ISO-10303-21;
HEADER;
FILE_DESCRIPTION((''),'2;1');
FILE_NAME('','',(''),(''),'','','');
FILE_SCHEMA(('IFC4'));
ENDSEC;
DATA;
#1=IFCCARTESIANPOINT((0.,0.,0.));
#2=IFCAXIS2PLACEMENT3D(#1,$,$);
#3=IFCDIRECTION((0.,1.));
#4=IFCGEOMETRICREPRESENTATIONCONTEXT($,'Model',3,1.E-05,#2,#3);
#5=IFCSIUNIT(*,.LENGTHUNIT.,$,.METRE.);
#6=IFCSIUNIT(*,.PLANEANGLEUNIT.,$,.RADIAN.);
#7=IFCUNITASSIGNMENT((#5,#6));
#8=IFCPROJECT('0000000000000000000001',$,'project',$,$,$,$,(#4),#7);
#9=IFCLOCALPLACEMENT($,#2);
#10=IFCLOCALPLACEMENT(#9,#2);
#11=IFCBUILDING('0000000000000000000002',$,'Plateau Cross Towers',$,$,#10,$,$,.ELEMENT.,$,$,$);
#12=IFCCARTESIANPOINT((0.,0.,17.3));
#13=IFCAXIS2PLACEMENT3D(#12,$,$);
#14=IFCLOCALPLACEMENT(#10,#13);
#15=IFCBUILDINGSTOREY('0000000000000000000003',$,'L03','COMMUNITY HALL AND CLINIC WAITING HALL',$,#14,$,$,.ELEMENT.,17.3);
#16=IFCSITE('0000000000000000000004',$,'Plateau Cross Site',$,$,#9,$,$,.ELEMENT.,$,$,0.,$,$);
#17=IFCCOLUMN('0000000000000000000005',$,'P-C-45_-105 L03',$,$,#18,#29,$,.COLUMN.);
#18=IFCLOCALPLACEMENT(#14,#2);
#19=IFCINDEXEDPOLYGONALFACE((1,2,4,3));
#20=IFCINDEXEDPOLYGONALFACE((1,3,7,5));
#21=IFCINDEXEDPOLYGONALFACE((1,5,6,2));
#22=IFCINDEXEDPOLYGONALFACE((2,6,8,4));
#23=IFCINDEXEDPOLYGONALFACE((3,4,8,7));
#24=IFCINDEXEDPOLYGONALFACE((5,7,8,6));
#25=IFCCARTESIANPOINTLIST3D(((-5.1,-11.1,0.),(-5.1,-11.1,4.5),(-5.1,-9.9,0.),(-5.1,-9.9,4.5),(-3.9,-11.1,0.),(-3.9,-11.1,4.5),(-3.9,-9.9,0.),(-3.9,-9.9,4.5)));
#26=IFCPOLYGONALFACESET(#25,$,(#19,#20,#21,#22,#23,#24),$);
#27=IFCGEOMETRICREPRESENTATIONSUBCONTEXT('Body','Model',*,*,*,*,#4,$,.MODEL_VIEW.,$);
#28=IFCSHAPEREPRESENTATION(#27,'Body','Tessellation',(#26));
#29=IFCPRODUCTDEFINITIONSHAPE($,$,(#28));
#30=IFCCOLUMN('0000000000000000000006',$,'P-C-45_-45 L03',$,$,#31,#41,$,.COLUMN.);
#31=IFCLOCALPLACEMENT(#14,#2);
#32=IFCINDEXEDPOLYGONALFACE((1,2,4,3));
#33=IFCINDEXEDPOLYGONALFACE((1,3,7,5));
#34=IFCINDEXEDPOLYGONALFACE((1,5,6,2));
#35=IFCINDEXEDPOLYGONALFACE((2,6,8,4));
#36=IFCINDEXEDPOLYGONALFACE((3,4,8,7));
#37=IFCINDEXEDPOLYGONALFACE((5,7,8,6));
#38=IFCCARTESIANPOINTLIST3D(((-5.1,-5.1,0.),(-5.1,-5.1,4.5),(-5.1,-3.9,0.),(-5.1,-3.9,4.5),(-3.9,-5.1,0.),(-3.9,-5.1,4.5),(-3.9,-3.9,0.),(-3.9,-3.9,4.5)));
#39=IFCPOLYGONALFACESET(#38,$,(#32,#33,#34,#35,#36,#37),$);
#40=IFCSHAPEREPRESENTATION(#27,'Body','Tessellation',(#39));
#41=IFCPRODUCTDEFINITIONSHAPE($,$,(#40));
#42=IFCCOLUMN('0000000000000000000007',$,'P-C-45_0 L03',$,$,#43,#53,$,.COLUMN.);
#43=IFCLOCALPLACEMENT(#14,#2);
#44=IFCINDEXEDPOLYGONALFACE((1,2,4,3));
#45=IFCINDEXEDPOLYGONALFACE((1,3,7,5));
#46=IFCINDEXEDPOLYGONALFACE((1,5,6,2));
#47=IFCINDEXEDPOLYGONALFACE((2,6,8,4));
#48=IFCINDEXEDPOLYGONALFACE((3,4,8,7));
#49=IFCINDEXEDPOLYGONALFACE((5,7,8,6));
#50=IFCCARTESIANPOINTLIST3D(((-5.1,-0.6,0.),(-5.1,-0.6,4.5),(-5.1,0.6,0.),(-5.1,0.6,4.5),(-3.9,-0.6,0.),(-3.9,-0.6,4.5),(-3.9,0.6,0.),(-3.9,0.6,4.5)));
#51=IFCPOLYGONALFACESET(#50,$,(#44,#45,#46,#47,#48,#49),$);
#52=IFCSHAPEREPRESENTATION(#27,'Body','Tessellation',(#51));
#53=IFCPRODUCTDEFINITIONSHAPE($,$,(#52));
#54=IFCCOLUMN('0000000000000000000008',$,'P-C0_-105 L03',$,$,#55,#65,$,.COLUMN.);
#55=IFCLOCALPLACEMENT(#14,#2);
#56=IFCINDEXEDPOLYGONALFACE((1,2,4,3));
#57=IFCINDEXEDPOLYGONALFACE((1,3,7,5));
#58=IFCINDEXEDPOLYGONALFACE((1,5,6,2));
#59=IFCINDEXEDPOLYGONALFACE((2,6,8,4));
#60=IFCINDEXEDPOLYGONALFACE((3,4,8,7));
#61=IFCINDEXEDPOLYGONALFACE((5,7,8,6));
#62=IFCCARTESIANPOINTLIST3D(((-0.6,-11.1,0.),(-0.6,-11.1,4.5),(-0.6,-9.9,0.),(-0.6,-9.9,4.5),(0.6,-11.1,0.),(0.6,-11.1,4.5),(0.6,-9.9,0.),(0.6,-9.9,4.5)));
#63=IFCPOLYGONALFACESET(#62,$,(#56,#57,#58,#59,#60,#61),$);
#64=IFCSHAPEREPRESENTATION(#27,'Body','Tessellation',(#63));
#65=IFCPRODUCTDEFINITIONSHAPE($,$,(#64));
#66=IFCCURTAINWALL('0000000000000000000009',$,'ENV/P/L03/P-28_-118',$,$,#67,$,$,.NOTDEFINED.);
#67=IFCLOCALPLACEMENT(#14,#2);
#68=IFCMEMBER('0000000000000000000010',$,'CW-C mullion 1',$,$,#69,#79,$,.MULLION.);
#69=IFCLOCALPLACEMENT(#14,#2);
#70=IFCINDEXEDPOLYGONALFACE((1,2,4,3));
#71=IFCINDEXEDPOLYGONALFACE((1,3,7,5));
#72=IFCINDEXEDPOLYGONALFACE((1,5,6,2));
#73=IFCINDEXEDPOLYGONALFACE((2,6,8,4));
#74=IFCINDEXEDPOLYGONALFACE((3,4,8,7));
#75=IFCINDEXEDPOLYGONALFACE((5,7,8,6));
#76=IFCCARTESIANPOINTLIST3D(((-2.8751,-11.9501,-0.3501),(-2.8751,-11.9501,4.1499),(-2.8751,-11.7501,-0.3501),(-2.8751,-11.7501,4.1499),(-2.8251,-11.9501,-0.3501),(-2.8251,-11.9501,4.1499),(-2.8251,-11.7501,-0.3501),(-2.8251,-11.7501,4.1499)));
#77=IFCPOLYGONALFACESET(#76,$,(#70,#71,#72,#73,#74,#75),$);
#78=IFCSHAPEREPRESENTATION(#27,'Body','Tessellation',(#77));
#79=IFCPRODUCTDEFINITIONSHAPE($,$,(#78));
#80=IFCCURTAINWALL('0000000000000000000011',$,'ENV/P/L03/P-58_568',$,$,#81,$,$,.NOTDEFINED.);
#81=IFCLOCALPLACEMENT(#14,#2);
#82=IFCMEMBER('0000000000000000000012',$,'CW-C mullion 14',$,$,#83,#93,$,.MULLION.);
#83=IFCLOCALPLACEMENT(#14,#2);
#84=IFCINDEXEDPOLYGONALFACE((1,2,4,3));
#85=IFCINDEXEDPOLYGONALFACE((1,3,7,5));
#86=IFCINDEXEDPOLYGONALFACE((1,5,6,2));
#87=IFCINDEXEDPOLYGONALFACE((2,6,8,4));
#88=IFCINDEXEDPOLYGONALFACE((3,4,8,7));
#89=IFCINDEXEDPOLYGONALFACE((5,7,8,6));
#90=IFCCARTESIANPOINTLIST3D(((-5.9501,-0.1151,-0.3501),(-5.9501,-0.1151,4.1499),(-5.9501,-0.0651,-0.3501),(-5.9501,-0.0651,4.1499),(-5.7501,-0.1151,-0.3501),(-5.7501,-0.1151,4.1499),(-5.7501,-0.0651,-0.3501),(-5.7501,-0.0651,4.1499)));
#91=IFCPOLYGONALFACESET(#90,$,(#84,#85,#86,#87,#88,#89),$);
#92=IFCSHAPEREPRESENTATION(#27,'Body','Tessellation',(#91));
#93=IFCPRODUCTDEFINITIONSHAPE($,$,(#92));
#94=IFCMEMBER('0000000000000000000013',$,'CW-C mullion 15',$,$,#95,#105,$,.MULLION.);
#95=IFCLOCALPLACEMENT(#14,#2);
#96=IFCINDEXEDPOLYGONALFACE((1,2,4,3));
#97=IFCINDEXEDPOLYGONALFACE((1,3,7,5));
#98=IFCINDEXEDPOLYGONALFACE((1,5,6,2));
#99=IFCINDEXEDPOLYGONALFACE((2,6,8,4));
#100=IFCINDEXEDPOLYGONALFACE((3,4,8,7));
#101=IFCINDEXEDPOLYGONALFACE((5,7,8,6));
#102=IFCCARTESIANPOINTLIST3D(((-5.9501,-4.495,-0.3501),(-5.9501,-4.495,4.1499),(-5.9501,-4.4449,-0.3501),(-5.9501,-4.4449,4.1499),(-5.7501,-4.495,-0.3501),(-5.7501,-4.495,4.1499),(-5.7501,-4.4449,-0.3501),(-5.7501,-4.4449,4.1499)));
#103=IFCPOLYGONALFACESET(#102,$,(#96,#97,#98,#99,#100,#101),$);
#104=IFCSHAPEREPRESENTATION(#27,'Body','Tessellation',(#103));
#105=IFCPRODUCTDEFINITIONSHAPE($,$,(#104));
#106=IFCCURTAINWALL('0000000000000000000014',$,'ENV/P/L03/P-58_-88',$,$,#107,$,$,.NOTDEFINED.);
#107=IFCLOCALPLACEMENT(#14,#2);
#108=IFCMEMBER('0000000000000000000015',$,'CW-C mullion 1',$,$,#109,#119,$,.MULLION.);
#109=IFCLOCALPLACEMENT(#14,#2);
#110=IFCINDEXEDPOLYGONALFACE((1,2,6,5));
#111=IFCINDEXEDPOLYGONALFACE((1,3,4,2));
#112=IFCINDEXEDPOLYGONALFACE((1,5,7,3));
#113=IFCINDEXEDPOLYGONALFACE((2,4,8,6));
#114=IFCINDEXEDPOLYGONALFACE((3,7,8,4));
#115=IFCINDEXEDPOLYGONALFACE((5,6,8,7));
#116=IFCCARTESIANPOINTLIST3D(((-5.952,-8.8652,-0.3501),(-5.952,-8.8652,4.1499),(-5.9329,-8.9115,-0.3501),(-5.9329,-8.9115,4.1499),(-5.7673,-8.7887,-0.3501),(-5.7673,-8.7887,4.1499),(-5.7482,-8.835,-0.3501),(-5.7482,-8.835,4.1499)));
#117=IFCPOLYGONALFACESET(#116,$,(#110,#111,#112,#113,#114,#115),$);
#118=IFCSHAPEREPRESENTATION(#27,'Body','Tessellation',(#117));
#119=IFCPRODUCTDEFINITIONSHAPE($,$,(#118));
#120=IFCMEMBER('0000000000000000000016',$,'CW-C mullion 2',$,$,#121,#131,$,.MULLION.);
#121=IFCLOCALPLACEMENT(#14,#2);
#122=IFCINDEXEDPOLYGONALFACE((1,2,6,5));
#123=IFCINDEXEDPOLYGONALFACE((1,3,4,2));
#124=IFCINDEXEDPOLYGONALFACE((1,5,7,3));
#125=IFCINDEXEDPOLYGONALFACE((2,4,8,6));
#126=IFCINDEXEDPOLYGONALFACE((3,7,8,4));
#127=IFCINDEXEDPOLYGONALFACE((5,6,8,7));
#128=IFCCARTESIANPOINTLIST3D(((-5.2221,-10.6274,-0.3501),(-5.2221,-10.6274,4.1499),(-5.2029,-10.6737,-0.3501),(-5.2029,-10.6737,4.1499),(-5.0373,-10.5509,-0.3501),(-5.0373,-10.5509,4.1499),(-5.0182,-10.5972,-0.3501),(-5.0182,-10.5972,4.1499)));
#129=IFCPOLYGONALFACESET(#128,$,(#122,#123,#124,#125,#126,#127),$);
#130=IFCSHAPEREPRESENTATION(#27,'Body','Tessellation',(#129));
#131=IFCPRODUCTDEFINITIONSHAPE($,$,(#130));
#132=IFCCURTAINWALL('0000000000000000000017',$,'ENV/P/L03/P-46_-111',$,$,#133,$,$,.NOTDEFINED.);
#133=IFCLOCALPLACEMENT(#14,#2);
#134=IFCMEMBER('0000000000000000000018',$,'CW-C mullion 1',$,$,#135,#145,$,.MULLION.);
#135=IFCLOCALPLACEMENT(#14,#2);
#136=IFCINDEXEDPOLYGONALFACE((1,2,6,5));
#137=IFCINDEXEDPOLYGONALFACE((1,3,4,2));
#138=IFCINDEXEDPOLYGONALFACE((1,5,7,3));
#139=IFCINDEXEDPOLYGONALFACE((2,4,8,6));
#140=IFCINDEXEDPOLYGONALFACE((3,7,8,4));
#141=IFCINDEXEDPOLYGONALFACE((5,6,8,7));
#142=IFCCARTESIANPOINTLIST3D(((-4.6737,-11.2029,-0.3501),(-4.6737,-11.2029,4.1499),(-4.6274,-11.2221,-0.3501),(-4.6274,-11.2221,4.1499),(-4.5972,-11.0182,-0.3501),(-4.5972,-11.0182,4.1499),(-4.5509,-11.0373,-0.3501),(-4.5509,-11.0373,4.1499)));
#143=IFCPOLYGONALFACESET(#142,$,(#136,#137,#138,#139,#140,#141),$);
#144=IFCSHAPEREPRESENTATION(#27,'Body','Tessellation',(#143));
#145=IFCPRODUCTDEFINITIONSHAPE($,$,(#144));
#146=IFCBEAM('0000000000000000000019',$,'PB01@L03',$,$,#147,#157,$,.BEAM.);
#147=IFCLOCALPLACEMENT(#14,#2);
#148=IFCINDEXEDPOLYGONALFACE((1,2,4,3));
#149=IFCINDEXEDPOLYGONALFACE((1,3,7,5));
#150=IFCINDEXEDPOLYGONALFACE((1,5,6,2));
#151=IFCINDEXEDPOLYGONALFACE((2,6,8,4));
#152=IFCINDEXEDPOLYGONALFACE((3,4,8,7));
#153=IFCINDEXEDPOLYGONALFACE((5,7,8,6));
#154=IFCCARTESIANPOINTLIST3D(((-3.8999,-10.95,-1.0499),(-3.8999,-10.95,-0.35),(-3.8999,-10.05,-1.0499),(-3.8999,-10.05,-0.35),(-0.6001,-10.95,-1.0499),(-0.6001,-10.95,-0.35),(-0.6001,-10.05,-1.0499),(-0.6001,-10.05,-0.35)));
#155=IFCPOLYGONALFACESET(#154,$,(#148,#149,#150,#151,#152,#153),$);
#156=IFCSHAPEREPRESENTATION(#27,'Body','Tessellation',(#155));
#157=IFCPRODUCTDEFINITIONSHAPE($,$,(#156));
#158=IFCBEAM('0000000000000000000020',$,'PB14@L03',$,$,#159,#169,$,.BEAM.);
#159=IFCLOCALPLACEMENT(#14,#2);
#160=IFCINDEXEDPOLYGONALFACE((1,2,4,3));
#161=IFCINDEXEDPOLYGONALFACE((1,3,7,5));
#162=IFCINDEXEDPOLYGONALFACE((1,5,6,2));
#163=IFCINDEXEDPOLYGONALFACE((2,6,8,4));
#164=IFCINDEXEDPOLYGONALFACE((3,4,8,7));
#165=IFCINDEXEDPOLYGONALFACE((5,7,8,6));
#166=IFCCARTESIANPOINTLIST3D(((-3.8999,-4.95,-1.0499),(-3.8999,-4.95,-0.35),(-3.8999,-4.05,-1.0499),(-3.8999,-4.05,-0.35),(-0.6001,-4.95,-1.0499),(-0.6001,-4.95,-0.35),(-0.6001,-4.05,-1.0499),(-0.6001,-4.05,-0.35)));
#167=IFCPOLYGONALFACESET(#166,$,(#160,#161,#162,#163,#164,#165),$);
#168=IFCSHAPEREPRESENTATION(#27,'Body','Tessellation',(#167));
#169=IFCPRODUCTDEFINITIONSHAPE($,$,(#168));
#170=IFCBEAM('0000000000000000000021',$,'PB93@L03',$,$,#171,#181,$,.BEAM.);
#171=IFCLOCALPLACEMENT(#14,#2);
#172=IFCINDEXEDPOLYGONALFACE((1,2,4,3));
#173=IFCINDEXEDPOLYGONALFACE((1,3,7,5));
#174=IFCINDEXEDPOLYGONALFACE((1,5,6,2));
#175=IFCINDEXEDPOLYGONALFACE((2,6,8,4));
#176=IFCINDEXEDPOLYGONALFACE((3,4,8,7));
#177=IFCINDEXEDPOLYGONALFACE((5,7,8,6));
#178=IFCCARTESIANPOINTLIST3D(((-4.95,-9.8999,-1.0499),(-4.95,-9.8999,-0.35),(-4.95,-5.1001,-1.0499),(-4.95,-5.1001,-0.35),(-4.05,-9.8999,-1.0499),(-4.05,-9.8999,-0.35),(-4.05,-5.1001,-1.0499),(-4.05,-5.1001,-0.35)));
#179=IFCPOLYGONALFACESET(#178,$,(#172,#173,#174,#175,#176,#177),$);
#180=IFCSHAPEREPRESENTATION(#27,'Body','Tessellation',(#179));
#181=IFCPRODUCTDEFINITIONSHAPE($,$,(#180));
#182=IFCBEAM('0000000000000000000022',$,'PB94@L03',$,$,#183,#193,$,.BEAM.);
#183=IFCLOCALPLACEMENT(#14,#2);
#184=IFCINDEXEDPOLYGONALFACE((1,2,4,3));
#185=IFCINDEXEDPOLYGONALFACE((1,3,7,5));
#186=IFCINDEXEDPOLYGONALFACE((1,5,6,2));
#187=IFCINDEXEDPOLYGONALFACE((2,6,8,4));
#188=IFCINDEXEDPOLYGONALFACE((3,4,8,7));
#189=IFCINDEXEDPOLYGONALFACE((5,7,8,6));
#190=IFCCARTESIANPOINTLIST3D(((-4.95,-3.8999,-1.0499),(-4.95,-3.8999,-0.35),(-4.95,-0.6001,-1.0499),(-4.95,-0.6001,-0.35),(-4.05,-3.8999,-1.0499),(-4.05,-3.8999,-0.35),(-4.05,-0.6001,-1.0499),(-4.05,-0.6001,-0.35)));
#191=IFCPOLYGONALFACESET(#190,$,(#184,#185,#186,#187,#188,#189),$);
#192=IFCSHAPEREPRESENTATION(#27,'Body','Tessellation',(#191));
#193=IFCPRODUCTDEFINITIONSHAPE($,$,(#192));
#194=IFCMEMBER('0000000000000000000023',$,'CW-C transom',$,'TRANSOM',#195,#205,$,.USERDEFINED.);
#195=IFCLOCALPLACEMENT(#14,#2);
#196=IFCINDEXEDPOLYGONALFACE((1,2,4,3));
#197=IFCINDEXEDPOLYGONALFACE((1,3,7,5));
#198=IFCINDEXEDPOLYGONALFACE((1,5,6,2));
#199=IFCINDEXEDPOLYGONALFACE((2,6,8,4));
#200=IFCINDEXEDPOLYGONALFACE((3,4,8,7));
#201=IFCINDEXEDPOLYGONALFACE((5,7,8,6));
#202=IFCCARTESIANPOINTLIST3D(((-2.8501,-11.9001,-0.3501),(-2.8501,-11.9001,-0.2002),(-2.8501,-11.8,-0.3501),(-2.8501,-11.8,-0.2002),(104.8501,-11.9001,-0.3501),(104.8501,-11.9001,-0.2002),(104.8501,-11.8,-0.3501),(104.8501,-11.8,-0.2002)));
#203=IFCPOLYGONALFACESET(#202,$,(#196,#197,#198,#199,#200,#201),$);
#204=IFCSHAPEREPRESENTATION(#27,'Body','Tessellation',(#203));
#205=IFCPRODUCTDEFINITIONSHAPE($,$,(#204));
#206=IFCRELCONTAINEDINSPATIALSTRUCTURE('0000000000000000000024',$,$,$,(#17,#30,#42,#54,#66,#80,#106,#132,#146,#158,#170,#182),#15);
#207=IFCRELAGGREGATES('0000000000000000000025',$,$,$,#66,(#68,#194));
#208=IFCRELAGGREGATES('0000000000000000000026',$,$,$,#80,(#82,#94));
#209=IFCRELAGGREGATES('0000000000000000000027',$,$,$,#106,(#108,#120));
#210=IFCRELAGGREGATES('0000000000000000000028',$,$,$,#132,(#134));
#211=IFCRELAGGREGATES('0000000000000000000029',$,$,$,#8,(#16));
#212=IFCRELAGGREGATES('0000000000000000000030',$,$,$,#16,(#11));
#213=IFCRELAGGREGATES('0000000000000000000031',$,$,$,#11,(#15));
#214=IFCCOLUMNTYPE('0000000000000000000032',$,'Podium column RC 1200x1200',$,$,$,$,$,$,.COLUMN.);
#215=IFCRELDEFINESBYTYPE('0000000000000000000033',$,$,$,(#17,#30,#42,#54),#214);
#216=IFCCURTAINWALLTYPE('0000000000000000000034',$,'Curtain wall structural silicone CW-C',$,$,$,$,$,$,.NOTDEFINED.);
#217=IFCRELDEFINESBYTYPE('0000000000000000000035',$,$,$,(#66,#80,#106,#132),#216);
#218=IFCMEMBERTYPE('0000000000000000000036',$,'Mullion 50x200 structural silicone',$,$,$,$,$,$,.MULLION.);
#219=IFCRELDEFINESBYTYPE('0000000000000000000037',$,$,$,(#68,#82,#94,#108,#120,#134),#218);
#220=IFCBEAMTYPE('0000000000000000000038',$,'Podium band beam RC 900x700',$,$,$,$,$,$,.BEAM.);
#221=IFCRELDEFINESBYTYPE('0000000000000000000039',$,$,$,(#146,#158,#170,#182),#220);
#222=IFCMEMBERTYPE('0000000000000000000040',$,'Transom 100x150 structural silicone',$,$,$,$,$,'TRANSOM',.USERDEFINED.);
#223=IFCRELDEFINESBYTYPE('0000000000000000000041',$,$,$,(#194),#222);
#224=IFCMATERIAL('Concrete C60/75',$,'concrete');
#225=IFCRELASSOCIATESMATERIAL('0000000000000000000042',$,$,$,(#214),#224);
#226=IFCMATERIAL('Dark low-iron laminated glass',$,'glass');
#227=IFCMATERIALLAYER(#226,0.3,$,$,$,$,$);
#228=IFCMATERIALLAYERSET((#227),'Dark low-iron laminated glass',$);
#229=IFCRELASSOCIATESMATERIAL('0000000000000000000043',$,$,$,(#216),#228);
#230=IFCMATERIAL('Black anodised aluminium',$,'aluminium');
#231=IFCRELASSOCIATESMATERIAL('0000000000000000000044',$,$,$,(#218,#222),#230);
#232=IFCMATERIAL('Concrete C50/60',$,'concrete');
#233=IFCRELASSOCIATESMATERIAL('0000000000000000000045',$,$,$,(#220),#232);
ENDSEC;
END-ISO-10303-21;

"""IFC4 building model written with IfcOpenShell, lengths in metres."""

from ifc_helpers import new_model, si_unit, direction, frame, origin, origin_2d, place, context, subcontext, project, spatial, rectangle, extrude, material, layer, layer_set, material_profile, profile_set, type_object, element, aggregate, save


model = new_model("IFC4")

# Units and contexts
model_context = context("Model", 3, precision=1e-05, world=origin(), true_north=direction((0.0, 1.0)))
body_context = subcontext(model_context, "Body", "Model", "MODEL_VIEW")
ifc_project = project(units=[si_unit("LENGTHUNIT", "METRE"), si_unit("PLANEANGLEUNIT", "RADIAN")], contexts=[model_context])

# Site, building, storey
site_placement = place(None, origin())
site = spatial("IfcSite", under=ifc_project, at=site_placement, Name="Plateau Cross Site", CompositionType="ELEMENT", RefElevation=0.0)
building_placement = place(site_placement, origin())
building = spatial("IfcBuilding", under=site, at=building_placement, Name="Plateau Cross Towers", CompositionType="ELEMENT")
storey_placement = place(building_placement, frame((0.0, 0.0, 17.3)))
storey = spatial("IfcBuildingStorey", under=building, at=storey_placement, Name="L03", Description="COMMUNITY HALL AND CLINIC WAITING HALL", CompositionType="ELEMENT", Elevation=17.3)

# Columns
ifc_material_1 = material(Name="Concrete C60/75", Category="concrete")
ifc_material_profile_1 = material_profile(ifc_material_1, rectangle(XDim=1.2, YDim=1.2, at=origin_2d()), Name="RC 1200x1200")
ifc_profile_set_1 = profile_set([ifc_material_profile_1], Name="Concrete C60/75")
column_type = type_object("IfcColumnType", Name="Podium column RC 1200x1200", PredefinedType="COLUMN", material=ifc_profile_set_1)
for number, where, z_axis, x_axis, name in (
    (1, (-4.5, -10.5, 0.0), (0.0, 0.0, 1.0), (1.0, 0.0, 0.0), "P-C-45_-105 L03"),
    (2, (-4.5, -4.5, 0.0), (0.0, 0.0, 1.0), (1.0, 0.0, 0.0), "P-C-45_-45 L03"),
    (3, (-4.5, 0.0, 0.0), (0.0, 0.0, 1.0), (1.0, 0.0, 0.0), "P-C-45_0 L03"),
    (4, (0.0, -10.5, 0.0), (0.0, 0.0, 1.0), (1.0, 0.0, 0.0), "P-C0_-105 L03"),
):
    element("IfcColumn", number, at=place(storey_placement, frame(where, z_axis=z_axis, x_axis=x_axis)), inside=storey, type_object=column_type, Name=name, PredefinedType="COLUMN", context=body_context, shape_type="SweptSolid", body=[
        extrude(rectangle(XDim=1.2, YDim=1.2, at=origin_2d()), origin(), (0.0, 0.0, 1.0), 4.5),
    ])

# Curtain wall, member
ifc_material_2 = material(Name="Dark low-iron laminated glass", Category="glass")
ifc_layer_1 = layer(ifc_material_2, 0.3)
ifc_layer_set_1 = layer_set([ifc_layer_1], Name="Dark low-iron laminated glass")
curtain_wall_type = type_object("IfcCurtainWallType", Name="Curtain wall structural silicone CW-C", PredefinedType="NOTDEFINED", material=ifc_layer_set_1)
curtain_wall_1_placement = place(storey_placement, origin())
curtain_wall_1 = element("IfcCurtainWall", 5, at=curtain_wall_1_placement, inside=storey, type_object=curtain_wall_type, Name="ENV/P/L03/P-28_-118", PredefinedType="NOTDEFINED")
ifc_material_3 = material(Name="Black anodised aluminium", Category="aluminium")
ifc_material_profile_2 = material_profile(ifc_material_3, rectangle(XDim=0.05, YDim=0.2, at=origin_2d()), Name="MULLION 50x200")
ifc_profile_set_2 = profile_set([ifc_material_profile_2], Name="Black anodised aluminium")
member_type_1 = type_object("IfcMemberType", Name="Mullion 50x200 structural silicone", PredefinedType="MULLION", material=ifc_profile_set_2)
member_1_placement = place(storey_placement, frame((-2.8501, -11.8501, -0.3501), z_axis=(0.0, 0.0, 1.0), x_axis=(1.0, 0.0, 0.0)))
member_1 = element("IfcMember", 6, at=member_1_placement, type_object=member_type_1, Name="CW-C mullion 1", PredefinedType="MULLION", context=body_context, shape_type="SweptSolid", body=[
    extrude(rectangle(XDim=0.05, YDim=0.2, at=origin_2d()), origin(), (0.0, 0.0, 1.0), 4.5),
])

# Curtain walls, members
curtain_wall_2_placement = place(storey_placement, origin())
curtain_wall_2 = element("IfcCurtainWall", 7, at=curtain_wall_2_placement, inside=storey, type_object=curtain_wall_type, Name="ENV/P/L03/P-58_568", PredefinedType="NOTDEFINED")
member_2_placement = place(storey_placement, frame((-5.8501, -0.0901, -0.3501), z_axis=(0.0, 0.0, 1.0), x_axis=(0.0, -1.0, 0.0)))
member_2 = element("IfcMember", 8, at=member_2_placement, type_object=member_type_1, Name="CW-C mullion 14", PredefinedType="MULLION", context=body_context, shape_type="SweptSolid", body=[
    extrude(rectangle(XDim=0.05, YDim=0.2, at=origin_2d()), origin(), (0.0, 0.0, 1.0), 4.5),
])
member_3_placement = place(storey_placement, frame((-5.8501, -4.47, -0.3501), z_axis=(0.0, 0.0, 1.0), x_axis=(0.0, -1.0, 0.0)))
member_3 = element("IfcMember", 9, at=member_3_placement, type_object=member_type_1, Name="CW-C mullion 15", PredefinedType="MULLION", context=body_context, shape_type="SweptSolid", body=[
    extrude(rectangle(XDim=0.05, YDim=0.2, at=origin_2d()), origin(), (0.0, 0.0, 1.0), 4.5),
])
curtain_wall_3_placement = place(storey_placement, origin())
curtain_wall_3 = element("IfcCurtainWall", 10, at=curtain_wall_3_placement, inside=storey, type_object=curtain_wall_type, Name="ENV/P/L03/P-58_-88", PredefinedType="NOTDEFINED")
member_4_placement = place(storey_placement, frame((-5.8501, -8.8501, -0.3501), z_axis=(0.0, 0.0, 1.0), x_axis=(0.382684, -0.923879, 0.0)))
member_4 = element("IfcMember", 11, at=member_4_placement, type_object=member_type_1, Name="CW-C mullion 1", PredefinedType="MULLION", context=body_context, shape_type="SweptSolid", body=[
    extrude(rectangle(XDim=0.05, YDim=0.2, at=origin_2d()), origin(), (0.0, 0.0, 1.0), 4.5),
])
member_5_placement = place(storey_placement, frame((-5.1201, -10.6123, -0.3501), z_axis=(0.0, 0.0, 1.0), x_axis=(0.382684, -0.923879, 0.0)))
member_5 = element("IfcMember", 12, at=member_5_placement, type_object=member_type_1, Name="CW-C mullion 2", PredefinedType="MULLION", context=body_context, shape_type="SweptSolid", body=[
    extrude(rectangle(XDim=0.05, YDim=0.2, at=origin_2d()), origin(), (0.0, 0.0, 1.0), 4.5),
])

# Curtain wall, member
curtain_wall_4_placement = place(storey_placement, origin())
curtain_wall_4 = element("IfcCurtainWall", 13, at=curtain_wall_4_placement, inside=storey, type_object=curtain_wall_type, Name="ENV/P/L03/P-46_-111", PredefinedType="NOTDEFINED")
member_6_placement = place(storey_placement, frame((-4.6123, -11.1201, -0.3501), z_axis=(0.0, 0.0, 1.0), x_axis=(0.923879, -0.382684, 0.0)))
member_6 = element("IfcMember", 14, at=member_6_placement, type_object=member_type_1, Name="CW-C mullion 1", PredefinedType="MULLION", context=body_context, shape_type="SweptSolid", body=[
    extrude(rectangle(XDim=0.05, YDim=0.2, at=origin_2d()), origin(), (0.0, 0.0, 1.0), 4.5),
])

# Beams
ifc_material_4 = material(Name="Concrete C50/60", Category="concrete")
ifc_material_profile_3 = material_profile(ifc_material_4, rectangle(XDim=0.8999, YDim=0.7, at=origin_2d()), Name="RC 900x700")
ifc_profile_set_3 = profile_set([ifc_material_profile_3], Name="Concrete C50/60")
beam_type = type_object("IfcBeamType", Name="Podium band beam RC 900x700", PredefinedType="BEAM", material=ifc_profile_set_3)
for number, where, z_axis, x_axis, name in (
    (15, (-3.8999, -10.5, -0.7), (1.0, 0.0, 0.0), (0.0, 1.0, 0.0), "PB01@L03"),
    (16, (-3.8999, -4.5, -0.7), (1.0, 0.0, 0.0), (0.0, 1.0, 0.0), "PB14@L03"),
):
    element("IfcBeam", number, at=place(storey_placement, frame(where, z_axis=z_axis, x_axis=x_axis)), inside=storey, type_object=beam_type, Name=name, PredefinedType="BEAM", context=body_context, shape_type="SweptSolid", body=[
        extrude(rectangle(XDim=0.8999, YDim=0.7, at=origin_2d()), origin(), (0.0, 0.0, 1.0), 3.2998),
    ])
beam_1_placement = place(storey_placement, frame((-4.5, -9.8999, -0.7), z_axis=(0.0, 1.0, 0.0), x_axis=(-1.0, 0.0, 0.0)))
element("IfcBeam", 17, at=beam_1_placement, inside=storey, type_object=beam_type, Name="PB93@L03", PredefinedType="BEAM", context=body_context, shape_type="SweptSolid", body=[
    extrude(rectangle(XDim=0.8999, YDim=0.7, at=origin_2d()), origin(), (0.0, 0.0, 1.0), 4.7998),
])
beam_2_placement = place(storey_placement, frame((-4.5, -3.8999, -0.7), z_axis=(0.0, 1.0, 0.0), x_axis=(-1.0, 0.0, 0.0)))
element("IfcBeam", 18, at=beam_2_placement, inside=storey, type_object=beam_type, Name="PB94@L03", PredefinedType="BEAM", context=body_context, shape_type="SweptSolid", body=[
    extrude(rectangle(XDim=0.8999, YDim=0.7, at=origin_2d()), origin(), (0.0, 0.0, 1.0), 3.2998),
])

# Member
ifc_material_profile_4 = material_profile(ifc_material_3, rectangle(XDim=0.1001, YDim=0.1499, at=origin_2d()), Name="TRANSOM 100x150")
ifc_profile_set_4 = profile_set([ifc_material_profile_4], Name="Black anodised aluminium")
member_type_2 = type_object("IfcMemberType", Name="Transom 100x150 structural silicone", ElementType="TRANSOM", PredefinedType="USERDEFINED", material=ifc_profile_set_4)
member_7_placement = place(storey_placement, frame((-2.8501, -11.8501, -0.2751), z_axis=(1.0, 0.0, 0.0), x_axis=(0.0, 1.0, 0.0)))
member_7 = element("IfcMember", 19, at=member_7_placement, type_object=member_type_2, Name="CW-C transom", ObjectType="TRANSOM", PredefinedType="USERDEFINED", context=body_context, shape_type="SweptSolid", body=[
    extrude(rectangle(XDim=0.1001, YDim=0.1499, at=origin_2d()), origin(), (0.0, 0.0, 1.0), 107.7002),
])

aggregate(curtain_wall_1, [member_1, member_7])
aggregate(curtain_wall_2, [member_2, member_3])
aggregate(curtain_wall_3, [member_4, member_5])
aggregate(curtain_wall_4, [member_6])

save(model, "model.ifc")
